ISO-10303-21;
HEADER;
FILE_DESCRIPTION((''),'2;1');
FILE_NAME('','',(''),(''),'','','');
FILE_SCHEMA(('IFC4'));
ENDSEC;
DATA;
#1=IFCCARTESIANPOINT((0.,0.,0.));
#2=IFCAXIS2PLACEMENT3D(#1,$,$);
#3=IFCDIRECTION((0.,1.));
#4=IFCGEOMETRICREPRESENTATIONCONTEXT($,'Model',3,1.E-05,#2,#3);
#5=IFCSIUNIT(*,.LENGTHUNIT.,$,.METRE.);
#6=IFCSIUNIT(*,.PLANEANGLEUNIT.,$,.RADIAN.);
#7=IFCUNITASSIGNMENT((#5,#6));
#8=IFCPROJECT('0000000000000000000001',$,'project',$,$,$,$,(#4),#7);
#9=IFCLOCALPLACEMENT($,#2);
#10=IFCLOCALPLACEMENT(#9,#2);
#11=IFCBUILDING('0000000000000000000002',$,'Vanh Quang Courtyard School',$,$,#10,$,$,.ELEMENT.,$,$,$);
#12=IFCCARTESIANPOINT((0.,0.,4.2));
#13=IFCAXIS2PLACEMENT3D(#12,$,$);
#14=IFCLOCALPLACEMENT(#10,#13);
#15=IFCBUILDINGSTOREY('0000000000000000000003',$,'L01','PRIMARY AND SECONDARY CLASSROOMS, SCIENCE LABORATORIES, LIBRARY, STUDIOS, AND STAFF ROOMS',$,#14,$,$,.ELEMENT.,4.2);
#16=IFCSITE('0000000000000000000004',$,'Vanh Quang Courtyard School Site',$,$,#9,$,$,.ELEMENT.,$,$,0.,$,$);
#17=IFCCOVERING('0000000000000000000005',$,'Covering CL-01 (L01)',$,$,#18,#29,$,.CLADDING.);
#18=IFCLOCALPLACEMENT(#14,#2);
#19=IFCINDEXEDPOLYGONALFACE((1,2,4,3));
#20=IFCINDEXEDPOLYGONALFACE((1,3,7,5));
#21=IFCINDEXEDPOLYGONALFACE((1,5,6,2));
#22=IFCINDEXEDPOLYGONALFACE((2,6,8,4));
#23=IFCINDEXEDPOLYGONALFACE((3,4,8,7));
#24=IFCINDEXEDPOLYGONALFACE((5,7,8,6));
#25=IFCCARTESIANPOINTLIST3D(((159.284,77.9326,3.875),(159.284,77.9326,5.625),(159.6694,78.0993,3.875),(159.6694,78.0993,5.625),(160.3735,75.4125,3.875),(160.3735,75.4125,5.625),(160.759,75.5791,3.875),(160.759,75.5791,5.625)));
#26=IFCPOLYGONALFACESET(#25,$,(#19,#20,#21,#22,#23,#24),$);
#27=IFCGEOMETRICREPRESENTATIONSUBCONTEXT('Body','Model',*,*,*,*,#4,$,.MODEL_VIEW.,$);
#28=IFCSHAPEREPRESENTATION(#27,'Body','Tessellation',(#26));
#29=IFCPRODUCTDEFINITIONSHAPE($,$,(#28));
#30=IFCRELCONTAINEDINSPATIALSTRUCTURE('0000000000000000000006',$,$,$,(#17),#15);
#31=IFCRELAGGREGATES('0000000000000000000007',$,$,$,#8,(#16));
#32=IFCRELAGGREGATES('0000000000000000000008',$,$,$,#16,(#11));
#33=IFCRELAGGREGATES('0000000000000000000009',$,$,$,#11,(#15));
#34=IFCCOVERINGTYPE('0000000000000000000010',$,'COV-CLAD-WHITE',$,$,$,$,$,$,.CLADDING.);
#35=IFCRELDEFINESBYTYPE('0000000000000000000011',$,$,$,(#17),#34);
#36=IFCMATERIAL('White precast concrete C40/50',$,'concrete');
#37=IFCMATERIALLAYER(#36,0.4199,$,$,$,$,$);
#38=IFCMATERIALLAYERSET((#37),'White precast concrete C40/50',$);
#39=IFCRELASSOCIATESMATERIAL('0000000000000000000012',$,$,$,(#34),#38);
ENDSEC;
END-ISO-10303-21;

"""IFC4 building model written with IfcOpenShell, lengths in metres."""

from ifc_helpers import new_model, si_unit, direction, frame, origin, origin_2d, place, context, subcontext, project, spatial, rectangle, extrude, material, layer, layer_set, type_object, element, save


model = new_model("IFC4")

# Units and contexts
model_context = context("Model", 3, precision=1e-05, world=origin(), true_north=direction((0.0, 1.0)))
body_context = subcontext(model_context, "Body", "Model", "MODEL_VIEW")
ifc_project = project(units=[si_unit("LENGTHUNIT", "METRE"), si_unit("PLANEANGLEUNIT", "RADIAN")], contexts=[model_context])

# Site, building, storey
site_placement = place(None, origin())
site = spatial("IfcSite", under=ifc_project, at=site_placement, Name="Vanh Quang Courtyard School Site", CompositionType="ELEMENT", RefElevation=0.0)
building_placement = place(site_placement, origin())
building = spatial("IfcBuilding", under=site, at=building_placement, Name="Vanh Quang Courtyard School", CompositionType="ELEMENT")
storey_placement = place(building_placement, frame((0.0, 0.0, 4.2)))
storey = spatial("IfcBuildingStorey", under=building, at=storey_placement, Name="L01", Description="PRIMARY AND SECONDARY CLASSROOMS, SCIENCE LABORATORIES, LIBRARY, STUDIOS, AND STAFF ROOMS", CompositionType="ELEMENT", Elevation=4.2)

# Covering
ifc_material_1 = material(Name="White precast concrete C40/50", Category="concrete")
ifc_layer_1 = layer(ifc_material_1, 0.4199)
ifc_layer_set_1 = layer_set([ifc_layer_1], Name="White precast concrete C40/50")
covering_type = type_object("IfcCoveringType", Name="COV-CLAD-WHITE", PredefinedType="CLADDING", material=ifc_layer_set_1)
covering_1_placement = place(storey_placement, frame((160.0215, 76.7559, 3.875), z_axis=(0.0, 0.0, 1.0), x_axis=(-0.396828, 0.917893, 0.0)))
element("IfcCovering", 1, at=covering_1_placement, inside=storey, type_object=covering_type, Name="Covering CL-01 (L01)", PredefinedType="CLADDING", context=body_context, shape_type="SweptSolid", body=[
    extrude(rectangle(XDim=2.7456, YDim=0.4199, at=origin_2d()), origin(), (0.0, 0.0, 1.0), 1.75),
])

save(model, "model.ifc")
